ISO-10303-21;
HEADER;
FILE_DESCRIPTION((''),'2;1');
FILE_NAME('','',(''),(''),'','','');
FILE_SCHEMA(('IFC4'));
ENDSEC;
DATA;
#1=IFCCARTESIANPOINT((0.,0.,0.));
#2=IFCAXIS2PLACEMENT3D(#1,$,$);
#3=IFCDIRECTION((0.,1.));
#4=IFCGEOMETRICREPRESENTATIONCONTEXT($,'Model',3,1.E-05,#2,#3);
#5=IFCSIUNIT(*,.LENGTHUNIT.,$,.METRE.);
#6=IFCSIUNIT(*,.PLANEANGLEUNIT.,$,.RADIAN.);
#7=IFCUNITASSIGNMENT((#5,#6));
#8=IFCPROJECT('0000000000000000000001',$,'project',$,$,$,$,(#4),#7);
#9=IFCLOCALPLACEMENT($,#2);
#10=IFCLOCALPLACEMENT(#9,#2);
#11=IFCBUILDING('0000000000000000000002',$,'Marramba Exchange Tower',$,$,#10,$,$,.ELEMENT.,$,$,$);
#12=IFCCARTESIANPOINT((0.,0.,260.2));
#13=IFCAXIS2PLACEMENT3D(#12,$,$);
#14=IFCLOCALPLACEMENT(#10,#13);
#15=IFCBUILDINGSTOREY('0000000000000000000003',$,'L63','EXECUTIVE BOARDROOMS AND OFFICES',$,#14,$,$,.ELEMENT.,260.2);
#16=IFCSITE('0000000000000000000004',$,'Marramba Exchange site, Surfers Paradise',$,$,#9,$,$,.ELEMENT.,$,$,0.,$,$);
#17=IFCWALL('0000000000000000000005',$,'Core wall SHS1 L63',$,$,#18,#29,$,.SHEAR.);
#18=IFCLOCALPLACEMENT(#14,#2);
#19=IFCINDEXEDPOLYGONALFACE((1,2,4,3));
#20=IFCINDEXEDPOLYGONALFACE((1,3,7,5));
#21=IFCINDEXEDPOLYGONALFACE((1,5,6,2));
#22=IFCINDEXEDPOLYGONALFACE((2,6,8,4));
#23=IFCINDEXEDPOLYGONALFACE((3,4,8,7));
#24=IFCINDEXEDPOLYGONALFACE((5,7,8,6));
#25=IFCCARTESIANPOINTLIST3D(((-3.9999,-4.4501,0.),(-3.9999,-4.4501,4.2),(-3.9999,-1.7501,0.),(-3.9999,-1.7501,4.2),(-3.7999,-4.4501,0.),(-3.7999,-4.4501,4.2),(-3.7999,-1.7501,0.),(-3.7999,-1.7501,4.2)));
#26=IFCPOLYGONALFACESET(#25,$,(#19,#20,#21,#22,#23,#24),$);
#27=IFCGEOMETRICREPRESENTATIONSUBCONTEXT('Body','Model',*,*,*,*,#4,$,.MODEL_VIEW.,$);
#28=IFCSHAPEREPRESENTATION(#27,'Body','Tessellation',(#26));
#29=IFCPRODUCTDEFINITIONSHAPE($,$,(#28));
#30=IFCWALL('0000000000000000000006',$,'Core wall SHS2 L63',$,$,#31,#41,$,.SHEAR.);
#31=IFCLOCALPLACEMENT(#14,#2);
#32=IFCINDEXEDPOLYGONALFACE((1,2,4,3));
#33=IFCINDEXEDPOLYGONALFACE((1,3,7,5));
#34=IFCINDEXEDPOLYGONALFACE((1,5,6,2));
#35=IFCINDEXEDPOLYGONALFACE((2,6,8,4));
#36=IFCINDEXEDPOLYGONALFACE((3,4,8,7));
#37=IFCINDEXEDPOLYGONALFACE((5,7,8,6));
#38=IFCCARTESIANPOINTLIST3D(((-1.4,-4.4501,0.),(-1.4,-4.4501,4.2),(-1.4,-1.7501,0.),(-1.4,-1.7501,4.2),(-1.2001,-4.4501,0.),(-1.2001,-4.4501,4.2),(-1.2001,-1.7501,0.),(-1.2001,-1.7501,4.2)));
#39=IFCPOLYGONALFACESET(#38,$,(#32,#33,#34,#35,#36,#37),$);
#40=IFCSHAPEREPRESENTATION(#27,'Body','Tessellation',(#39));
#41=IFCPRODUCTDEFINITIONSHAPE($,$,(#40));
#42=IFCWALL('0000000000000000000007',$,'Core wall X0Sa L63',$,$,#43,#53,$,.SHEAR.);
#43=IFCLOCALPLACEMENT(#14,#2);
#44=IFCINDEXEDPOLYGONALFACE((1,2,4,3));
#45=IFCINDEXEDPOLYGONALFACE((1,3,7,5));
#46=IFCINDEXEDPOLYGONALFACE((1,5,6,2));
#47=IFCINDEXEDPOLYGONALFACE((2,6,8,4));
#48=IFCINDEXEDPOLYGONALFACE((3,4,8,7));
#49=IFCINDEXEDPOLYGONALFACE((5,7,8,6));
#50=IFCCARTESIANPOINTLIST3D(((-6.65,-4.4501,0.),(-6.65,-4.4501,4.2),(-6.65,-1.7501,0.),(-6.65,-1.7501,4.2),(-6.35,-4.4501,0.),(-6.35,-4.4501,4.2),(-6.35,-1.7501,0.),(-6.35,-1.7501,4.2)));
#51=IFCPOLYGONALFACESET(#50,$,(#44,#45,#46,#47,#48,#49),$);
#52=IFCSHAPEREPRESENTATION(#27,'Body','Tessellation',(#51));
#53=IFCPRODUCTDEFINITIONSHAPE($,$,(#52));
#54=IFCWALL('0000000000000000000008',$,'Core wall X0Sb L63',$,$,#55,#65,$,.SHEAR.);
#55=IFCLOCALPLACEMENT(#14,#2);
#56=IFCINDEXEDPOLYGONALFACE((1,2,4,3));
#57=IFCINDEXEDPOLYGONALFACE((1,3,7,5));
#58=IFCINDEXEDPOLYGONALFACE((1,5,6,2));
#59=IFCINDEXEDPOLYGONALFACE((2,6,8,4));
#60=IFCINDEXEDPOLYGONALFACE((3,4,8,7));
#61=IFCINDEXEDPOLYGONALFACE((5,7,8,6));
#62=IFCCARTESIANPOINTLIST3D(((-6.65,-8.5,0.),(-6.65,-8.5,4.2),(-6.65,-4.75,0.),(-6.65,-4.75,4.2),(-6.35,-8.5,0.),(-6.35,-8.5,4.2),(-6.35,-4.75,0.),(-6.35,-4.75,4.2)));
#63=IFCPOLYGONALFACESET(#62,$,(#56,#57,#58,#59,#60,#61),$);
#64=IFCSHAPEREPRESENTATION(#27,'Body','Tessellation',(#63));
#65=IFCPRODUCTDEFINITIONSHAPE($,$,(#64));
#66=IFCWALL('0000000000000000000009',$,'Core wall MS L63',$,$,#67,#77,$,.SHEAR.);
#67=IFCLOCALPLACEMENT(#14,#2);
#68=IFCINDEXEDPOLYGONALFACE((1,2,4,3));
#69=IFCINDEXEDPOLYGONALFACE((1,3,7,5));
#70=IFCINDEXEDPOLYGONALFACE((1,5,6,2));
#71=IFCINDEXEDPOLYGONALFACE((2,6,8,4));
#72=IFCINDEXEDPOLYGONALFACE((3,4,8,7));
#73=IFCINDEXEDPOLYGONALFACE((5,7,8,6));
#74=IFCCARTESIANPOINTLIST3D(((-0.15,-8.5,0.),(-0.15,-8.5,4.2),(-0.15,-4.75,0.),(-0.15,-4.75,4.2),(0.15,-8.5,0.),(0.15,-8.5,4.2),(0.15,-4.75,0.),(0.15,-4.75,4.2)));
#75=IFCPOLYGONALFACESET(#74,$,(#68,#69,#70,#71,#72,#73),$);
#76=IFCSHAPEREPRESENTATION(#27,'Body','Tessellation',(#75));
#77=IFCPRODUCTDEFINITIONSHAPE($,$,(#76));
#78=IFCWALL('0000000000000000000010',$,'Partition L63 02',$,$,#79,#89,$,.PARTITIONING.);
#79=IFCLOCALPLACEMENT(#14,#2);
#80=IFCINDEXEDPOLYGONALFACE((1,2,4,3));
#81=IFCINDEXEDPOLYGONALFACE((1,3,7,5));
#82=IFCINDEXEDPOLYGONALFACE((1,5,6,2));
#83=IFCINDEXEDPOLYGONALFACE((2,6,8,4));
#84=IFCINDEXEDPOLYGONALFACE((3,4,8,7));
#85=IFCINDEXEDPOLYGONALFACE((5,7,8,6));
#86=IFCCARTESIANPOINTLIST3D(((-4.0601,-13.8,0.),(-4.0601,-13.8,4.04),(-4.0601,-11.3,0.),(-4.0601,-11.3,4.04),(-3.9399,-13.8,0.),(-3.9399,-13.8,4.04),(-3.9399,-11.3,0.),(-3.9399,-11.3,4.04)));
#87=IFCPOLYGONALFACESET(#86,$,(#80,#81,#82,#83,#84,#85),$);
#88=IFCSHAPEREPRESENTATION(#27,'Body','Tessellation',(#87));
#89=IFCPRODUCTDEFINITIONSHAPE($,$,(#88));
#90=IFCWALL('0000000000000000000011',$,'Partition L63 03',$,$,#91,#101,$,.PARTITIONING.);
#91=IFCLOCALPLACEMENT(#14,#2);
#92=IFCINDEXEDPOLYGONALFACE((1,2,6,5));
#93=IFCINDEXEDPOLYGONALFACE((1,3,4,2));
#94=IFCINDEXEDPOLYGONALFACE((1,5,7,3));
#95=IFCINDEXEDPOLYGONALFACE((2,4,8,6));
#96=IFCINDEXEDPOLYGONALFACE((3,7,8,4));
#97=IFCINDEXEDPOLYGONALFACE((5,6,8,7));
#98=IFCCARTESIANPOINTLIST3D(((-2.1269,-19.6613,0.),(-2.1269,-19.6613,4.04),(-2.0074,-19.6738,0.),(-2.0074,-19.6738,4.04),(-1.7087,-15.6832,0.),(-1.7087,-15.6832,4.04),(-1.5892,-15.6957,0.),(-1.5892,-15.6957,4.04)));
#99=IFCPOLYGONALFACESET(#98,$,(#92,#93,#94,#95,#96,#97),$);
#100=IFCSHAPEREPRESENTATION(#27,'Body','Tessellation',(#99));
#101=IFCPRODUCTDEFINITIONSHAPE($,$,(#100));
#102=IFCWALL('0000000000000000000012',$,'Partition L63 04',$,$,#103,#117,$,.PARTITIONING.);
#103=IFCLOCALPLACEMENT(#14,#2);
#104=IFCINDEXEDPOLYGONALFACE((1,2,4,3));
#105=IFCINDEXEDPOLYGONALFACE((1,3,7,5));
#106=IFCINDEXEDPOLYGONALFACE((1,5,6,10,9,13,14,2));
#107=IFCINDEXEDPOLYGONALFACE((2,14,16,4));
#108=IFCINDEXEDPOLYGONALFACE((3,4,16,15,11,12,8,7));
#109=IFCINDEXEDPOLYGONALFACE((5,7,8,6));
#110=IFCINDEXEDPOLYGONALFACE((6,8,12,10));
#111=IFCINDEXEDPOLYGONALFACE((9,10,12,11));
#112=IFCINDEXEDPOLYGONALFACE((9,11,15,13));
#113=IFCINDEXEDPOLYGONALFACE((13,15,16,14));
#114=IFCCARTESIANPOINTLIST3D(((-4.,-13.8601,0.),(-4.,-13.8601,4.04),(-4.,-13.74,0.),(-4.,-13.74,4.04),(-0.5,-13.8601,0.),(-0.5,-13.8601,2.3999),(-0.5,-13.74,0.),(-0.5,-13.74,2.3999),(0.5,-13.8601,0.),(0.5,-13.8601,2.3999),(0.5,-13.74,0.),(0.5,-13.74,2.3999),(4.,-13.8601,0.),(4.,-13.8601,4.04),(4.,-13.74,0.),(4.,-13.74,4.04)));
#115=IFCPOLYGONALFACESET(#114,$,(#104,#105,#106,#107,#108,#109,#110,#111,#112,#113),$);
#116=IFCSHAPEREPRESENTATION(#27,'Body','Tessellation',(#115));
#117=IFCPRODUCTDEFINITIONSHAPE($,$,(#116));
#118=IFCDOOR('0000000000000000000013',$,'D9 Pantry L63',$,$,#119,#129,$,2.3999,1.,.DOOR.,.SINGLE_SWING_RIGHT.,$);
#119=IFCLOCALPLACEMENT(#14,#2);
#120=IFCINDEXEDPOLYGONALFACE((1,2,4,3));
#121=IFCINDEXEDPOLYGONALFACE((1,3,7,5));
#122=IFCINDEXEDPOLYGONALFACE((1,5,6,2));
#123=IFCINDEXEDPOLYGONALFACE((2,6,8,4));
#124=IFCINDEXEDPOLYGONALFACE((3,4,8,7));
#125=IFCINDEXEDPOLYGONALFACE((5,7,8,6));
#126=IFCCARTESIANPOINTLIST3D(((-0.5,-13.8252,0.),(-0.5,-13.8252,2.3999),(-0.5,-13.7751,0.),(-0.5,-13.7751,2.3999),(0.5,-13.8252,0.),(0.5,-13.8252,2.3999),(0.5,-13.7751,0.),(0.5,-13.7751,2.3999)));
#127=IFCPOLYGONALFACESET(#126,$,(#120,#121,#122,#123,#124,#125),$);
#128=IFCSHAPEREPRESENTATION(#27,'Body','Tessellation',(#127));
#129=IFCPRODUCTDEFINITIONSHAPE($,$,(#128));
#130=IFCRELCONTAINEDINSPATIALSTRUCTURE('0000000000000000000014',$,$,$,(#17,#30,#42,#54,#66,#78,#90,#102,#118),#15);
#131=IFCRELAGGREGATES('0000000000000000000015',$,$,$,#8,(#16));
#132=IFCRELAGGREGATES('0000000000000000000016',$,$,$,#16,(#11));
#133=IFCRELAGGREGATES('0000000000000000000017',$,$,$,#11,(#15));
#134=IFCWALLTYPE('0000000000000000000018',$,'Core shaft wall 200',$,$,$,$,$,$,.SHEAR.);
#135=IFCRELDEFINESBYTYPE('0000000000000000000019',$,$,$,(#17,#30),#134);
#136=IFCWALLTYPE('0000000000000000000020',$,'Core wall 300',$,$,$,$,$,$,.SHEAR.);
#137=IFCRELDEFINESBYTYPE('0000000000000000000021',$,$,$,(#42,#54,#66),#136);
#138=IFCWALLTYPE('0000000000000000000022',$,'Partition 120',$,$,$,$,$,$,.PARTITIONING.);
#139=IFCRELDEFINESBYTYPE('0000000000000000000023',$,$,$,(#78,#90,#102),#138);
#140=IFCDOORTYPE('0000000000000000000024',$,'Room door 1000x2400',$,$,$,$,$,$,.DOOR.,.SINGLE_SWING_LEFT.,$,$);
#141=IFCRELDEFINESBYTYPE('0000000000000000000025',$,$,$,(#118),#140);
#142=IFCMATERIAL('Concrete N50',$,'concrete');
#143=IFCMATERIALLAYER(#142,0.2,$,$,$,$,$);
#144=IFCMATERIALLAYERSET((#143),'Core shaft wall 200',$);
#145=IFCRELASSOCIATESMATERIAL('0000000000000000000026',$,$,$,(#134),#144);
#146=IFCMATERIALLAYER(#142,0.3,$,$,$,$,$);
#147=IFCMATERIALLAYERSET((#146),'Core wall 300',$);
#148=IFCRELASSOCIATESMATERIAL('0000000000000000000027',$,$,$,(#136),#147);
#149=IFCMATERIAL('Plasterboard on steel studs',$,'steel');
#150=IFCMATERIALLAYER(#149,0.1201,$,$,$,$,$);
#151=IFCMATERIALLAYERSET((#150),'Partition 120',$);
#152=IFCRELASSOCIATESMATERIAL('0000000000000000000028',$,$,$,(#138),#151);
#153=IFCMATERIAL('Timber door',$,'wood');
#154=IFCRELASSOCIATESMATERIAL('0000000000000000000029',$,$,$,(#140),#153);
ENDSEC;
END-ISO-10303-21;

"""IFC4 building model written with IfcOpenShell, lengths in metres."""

from ifc_helpers import new_model, si_unit, direction, frame, frame_2d, origin, place, context, subcontext, project, spatial, rectangle, extrude, material, layer, layer_set, type_object, element, fill, save


model = new_model("IFC4")

# Units and contexts
model_context = context("Model", 3, precision=1e-05, world=origin(), true_north=direction((0.0, 1.0)))
body_context = subcontext(model_context, "Body", "Model", "MODEL_VIEW")
ifc_project = project(units=[si_unit("LENGTHUNIT", "METRE"), si_unit("PLANEANGLEUNIT", "RADIAN")], contexts=[model_context])

# Site, building, storey
site_placement = place(None, origin())
site = spatial("IfcSite", under=ifc_project, at=site_placement, Name="Marramba Exchange site, Surfers Paradise", CompositionType="ELEMENT", RefElevation=0.0)
building_placement = place(site_placement, origin())
building = spatial("IfcBuilding", under=site, at=building_placement, Name="Marramba Exchange Tower", CompositionType="ELEMENT")
storey_placement = place(building_placement, frame((0.0, 0.0, 260.2)))
storey = spatial("IfcBuildingStorey", under=building, at=storey_placement, Name="L63", Description="EXECUTIVE BOARDROOMS AND OFFICES", CompositionType="ELEMENT", Elevation=260.2)

# Shared definitions
ifc_material_1 = material(Name="Concrete N50", Category="concrete")

# Walls
ifc_layer_1 = layer(ifc_material_1, 0.2)
ifc_layer_set_1 = layer_set([ifc_layer_1], Name="Core shaft wall 200")
wall_type_1 = type_object("IfcWallType", Name="Core shaft wall 200", PredefinedType="SHEAR", material=ifc_layer_set_1)
for number, where, z_axis, x_axis, name in (
    (1, (-3.8999, -1.75, 0.0), (0.0, 0.0, 1.0), (0.0, -1.0, 0.0), "Core wall SHS1 L63"),
    (2, (-1.3, -1.75, 0.0), (0.0, 0.0, 1.0), (0.0, -1.0, 0.0), "Core wall SHS2 L63"),
):
    element("IfcWall", number, at=place(storey_placement, frame(where, z_axis=z_axis, x_axis=x_axis)), inside=storey, type_object=wall_type_1, Name=name, PredefinedType="SHEAR", context=body_context, shape_type="SweptSolid", body=[
        extrude(rectangle(XDim=2.7, YDim=0.2, at=frame_2d((1.3501, 0.0))), origin(), (0.0, 0.0, 1.0), 4.2),
    ])
ifc_layer_2 = layer(ifc_material_1, 0.3)
ifc_layer_set_2 = layer_set([ifc_layer_2], Name="Core wall 300")
wall_type_2 = type_object("IfcWallType", Name="Core wall 300", PredefinedType="SHEAR", material=ifc_layer_set_2)
wall_1_placement = place(storey_placement, frame((-6.5, -1.75, 0.0), z_axis=(0.0, 0.0, 1.0), x_axis=(0.0, -1.0, 0.0)))
element("IfcWall", 3, at=wall_1_placement, inside=storey, type_object=wall_type_2, Name="Core wall X0Sa L63", PredefinedType="SHEAR", context=body_context, shape_type="SweptSolid", body=[
    extrude(rectangle(XDim=2.7, YDim=0.3, at=frame_2d((1.3501, 0.0))), origin(), (0.0, 0.0, 1.0), 4.2),
])
for number, where, z_axis, x_axis, name in (
    (4, (-6.5, -4.75, 0.0), (0.0, 0.0, 1.0), (0.0, -1.0, 0.0), "Core wall X0Sb L63"),
    (5, (0.0, -4.75, 0.0), (0.0, 0.0, 1.0), (0.0, -1.0, 0.0), "Core wall MS L63"),
):
    element("IfcWall", number, at=place(storey_placement, frame(where, z_axis=z_axis, x_axis=x_axis)), inside=storey, type_object=wall_type_2, Name=name, PredefinedType="SHEAR", context=body_context, shape_type="SweptSolid", body=[
        extrude(rectangle(XDim=3.75, YDim=0.3, at=frame_2d((1.875, 0.0))), origin(), (0.0, 0.0, 1.0), 4.2),
    ])
ifc_material_2 = material(Name="Plasterboard on steel studs", Category="steel")
ifc_layer_3 = layer(ifc_material_2, 0.1201)
ifc_layer_set_3 = layer_set([ifc_layer_3], Name="Partition 120")
wall_type_3 = type_object("IfcWallType", Name="Partition 120", PredefinedType="PARTITIONING", material=ifc_layer_set_3)
wall_2_placement = place(storey_placement, frame((-4.0, -11.3, 0.0), z_axis=(0.0, 0.0, 1.0), x_axis=(0.0, -1.0, 0.0)))
element("IfcWall", 6, at=wall_2_placement, inside=storey, type_object=wall_type_3, Name="Partition L63 02", PredefinedType="PARTITIONING", context=body_context, shape_type="SweptSolid", body=[
    extrude(rectangle(XDim=2.5, YDim=0.1201, at=frame_2d((1.25, 0.0))), origin(), (0.0, 0.0, 1.0), 4.04),
])
wall_3_placement = place(storey_placement, frame((-1.6489, -15.6895, 0.0), z_axis=(0.0, 0.0, 1.0), x_axis=(-0.104555, -0.994519, 0.0)))
element("IfcWall", 7, at=wall_3_placement, inside=storey, type_object=wall_type_3, Name="Partition L63 03", PredefinedType="PARTITIONING", context=body_context, shape_type="SweptSolid", body=[
    extrude(rectangle(XDim=4.0, YDim=0.1201, at=frame_2d((2.0, 0.0))), origin(), (0.0, 0.0, 1.0), 4.04),
])

# Wall, opening, door
wall_4_placement = place(storey_placement, frame((-4.0, -13.8, 0.0), z_axis=(0.0, 0.0, 1.0), x_axis=(1.0, 0.0, 0.0)))
wall_4 = element("IfcWall", 8, at=wall_4_placement, inside=storey, type_object=wall_type_3, Name="Partition L63 04", PredefinedType="PARTITIONING", context=body_context, shape_type="SweptSolid", body=[
    extrude(rectangle(XDim=8.0, YDim=0.1201, at=frame_2d((4.0, 0.0))), origin(), (0.0, 0.0, 1.0), 4.04),
])
opening_1_placement = place(wall_4_placement, frame((3.5, 0.0, 0.0)))
opening_1 = element("IfcOpeningElement", 9, at=opening_1_placement, cuts=wall_4, PredefinedType="OPENING", context=body_context, shape_type="SweptSolid", body=[
    extrude(rectangle(XDim=1.0, YDim=2.3999, at=frame_2d((0.5, 1.2))), frame((0.0, 0.0701, 0.0), z_axis=(0.0, -1.0, 0.0), x_axis=(1.0, 0.0, 0.0)), (0.0, 0.0, 1.0), 0.1401),
])
ifc_material_3 = material(Name="Timber door", Category="wood")
door_type = type_object("IfcDoorType", Name="Room door 1000x2400", OperationType="SINGLE_SWING_LEFT", PredefinedType="DOOR", material=ifc_material_3)
door_1_placement = place(opening_1_placement, origin())
door_1 = element("IfcDoor", 10, at=door_1_placement, inside=storey, type_object=door_type, Name="D9 Pantry L63", OperationType="SINGLE_SWING_RIGHT", OverallHeight=2.3999, OverallWidth=1.0, PredefinedType="DOOR", context=body_context, shape_type="SweptSolid", body=[
    extrude(rectangle(XDim=1.0, YDim=2.3999, at=frame_2d((0.5, 1.2))), frame((0.0, 0.0249, 0.0), z_axis=(0.0, -1.0, 0.0), x_axis=(1.0, 0.0, 0.0)), (0.0, 0.0, 1.0), 0.05),
])
fill(opening_1, door_1)

save(model, "model.ifc")
